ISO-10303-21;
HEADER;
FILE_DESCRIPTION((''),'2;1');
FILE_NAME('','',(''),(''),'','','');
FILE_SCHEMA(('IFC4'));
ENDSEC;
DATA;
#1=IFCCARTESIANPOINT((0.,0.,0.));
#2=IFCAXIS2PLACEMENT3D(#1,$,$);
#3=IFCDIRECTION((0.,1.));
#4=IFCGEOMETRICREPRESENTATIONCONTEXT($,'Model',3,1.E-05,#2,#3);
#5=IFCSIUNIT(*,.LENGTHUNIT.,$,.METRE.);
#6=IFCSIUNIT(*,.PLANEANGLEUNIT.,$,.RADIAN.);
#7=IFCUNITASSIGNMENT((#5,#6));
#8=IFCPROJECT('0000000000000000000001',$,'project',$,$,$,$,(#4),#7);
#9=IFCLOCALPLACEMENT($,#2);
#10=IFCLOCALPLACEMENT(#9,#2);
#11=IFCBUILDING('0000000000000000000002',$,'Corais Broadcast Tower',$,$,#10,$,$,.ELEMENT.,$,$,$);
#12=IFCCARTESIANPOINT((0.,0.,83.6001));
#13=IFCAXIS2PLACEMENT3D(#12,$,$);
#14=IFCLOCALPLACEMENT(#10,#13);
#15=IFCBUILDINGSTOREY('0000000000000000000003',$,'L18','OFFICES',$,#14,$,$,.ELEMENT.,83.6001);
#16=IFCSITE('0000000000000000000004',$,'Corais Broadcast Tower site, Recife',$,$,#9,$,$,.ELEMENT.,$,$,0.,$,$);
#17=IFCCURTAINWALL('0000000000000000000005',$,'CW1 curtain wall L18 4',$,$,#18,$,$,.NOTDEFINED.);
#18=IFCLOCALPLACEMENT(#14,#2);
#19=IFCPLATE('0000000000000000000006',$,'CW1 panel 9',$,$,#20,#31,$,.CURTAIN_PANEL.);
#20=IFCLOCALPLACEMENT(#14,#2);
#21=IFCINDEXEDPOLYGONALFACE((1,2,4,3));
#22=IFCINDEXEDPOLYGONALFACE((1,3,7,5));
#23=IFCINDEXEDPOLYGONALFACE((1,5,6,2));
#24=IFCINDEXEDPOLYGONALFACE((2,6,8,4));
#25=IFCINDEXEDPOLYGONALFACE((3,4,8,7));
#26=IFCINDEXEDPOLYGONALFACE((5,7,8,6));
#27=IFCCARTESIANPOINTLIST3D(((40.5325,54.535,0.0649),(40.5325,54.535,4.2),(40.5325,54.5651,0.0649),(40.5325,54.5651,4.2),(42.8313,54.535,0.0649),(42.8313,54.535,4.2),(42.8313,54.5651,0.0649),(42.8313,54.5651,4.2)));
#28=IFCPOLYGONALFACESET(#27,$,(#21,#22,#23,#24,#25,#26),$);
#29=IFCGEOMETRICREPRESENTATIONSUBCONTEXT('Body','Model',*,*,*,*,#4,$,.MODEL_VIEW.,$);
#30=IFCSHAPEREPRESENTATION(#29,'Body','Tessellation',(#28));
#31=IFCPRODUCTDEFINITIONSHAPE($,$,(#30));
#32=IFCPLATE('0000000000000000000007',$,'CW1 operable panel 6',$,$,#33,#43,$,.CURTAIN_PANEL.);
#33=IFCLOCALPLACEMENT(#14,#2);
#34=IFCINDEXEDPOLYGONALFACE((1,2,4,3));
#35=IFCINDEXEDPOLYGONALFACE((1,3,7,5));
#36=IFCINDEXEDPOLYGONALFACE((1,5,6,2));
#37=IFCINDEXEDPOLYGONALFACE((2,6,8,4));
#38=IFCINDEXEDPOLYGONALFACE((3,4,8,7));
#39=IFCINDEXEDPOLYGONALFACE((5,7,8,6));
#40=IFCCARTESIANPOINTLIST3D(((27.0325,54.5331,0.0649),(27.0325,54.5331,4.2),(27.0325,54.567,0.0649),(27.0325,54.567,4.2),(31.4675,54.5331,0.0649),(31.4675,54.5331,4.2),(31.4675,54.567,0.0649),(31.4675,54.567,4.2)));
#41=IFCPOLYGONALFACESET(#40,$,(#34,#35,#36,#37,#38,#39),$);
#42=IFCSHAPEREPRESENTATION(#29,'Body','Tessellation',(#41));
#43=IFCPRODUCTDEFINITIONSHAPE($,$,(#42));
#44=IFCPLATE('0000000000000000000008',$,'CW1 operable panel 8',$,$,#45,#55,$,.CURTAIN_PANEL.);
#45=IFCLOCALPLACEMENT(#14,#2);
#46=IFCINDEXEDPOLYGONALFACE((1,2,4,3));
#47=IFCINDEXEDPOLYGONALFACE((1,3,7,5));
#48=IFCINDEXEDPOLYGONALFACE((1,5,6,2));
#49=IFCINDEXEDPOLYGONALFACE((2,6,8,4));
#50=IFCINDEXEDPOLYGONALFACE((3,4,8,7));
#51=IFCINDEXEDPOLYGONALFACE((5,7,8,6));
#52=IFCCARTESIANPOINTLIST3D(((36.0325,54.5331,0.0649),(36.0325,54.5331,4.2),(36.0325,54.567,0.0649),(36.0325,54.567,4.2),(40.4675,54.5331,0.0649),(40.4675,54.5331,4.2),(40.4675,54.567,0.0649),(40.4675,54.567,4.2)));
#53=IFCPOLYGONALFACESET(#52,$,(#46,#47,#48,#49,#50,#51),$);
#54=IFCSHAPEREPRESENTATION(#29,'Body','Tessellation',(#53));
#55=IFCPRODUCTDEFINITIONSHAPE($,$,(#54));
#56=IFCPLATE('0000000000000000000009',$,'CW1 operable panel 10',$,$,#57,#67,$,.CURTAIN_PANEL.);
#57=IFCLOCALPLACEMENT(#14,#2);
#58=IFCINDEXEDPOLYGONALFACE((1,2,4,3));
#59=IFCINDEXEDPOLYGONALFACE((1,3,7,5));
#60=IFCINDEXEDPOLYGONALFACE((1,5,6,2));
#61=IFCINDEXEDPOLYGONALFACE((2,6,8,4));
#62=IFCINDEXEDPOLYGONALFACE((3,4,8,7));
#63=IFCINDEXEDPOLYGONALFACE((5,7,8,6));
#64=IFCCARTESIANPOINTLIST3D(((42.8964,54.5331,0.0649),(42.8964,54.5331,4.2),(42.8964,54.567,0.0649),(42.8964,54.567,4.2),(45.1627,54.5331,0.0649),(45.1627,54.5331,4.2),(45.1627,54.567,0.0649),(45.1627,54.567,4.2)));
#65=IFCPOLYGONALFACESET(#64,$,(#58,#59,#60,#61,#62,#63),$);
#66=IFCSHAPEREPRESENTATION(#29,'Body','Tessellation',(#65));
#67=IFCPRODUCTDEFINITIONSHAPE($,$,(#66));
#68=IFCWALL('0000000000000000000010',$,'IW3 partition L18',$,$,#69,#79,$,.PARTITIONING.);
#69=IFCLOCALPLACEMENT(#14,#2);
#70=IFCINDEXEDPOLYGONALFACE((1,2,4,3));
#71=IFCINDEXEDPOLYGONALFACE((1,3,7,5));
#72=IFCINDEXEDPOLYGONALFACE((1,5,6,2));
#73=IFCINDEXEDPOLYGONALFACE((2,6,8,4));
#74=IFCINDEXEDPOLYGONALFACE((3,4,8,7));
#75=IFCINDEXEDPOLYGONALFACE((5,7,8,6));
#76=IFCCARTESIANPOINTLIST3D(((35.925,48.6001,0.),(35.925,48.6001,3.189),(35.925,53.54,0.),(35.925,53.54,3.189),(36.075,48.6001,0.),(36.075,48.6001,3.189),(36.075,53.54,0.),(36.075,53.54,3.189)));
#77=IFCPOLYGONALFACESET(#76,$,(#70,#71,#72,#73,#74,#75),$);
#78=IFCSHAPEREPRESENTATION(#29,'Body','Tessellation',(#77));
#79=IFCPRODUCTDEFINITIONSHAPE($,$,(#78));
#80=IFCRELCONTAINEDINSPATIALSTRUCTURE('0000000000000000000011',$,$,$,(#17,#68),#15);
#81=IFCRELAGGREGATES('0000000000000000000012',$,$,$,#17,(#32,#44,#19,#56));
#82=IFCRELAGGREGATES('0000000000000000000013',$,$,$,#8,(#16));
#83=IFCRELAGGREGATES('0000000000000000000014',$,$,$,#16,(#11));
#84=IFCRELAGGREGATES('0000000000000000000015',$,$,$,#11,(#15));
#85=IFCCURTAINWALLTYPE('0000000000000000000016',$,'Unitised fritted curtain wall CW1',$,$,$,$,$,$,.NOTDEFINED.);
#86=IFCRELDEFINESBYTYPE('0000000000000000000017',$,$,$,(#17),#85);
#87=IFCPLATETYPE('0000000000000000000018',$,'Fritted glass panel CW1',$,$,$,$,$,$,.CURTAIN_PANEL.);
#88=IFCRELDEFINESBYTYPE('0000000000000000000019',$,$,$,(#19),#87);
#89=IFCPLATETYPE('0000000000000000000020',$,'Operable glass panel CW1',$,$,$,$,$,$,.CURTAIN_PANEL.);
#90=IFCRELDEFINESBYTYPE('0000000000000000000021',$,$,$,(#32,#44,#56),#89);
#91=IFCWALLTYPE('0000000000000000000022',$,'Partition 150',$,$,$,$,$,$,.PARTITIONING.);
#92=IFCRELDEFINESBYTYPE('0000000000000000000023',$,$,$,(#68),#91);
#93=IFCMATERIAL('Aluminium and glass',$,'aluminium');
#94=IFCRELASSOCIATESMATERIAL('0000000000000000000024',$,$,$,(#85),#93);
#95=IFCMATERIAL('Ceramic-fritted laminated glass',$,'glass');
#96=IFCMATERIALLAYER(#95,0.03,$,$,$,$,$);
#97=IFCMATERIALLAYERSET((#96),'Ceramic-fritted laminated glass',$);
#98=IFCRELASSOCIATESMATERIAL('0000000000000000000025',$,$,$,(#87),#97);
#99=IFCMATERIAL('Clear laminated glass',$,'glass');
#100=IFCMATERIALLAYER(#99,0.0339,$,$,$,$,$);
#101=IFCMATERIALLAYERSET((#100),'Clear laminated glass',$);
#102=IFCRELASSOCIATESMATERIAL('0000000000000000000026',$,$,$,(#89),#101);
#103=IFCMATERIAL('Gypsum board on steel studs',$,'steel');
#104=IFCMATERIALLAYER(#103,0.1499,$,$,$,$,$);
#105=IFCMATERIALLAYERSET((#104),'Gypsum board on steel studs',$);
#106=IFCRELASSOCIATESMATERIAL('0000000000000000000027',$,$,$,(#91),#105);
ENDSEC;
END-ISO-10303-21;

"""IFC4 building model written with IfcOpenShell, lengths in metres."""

from ifc_helpers import new_model, si_unit, direction, frame, frame_2d, origin, origin_2d, place, context, subcontext, project, spatial, rectangle, extrude, material, layer, layer_set, type_object, element, aggregate, save


model = new_model("IFC4")

# Units and contexts
model_context = context("Model", 3, precision=1e-05, world=origin(), true_north=direction((0.0, 1.0)))
body_context = subcontext(model_context, "Body", "Model", "MODEL_VIEW")
ifc_project = project(units=[si_unit("LENGTHUNIT", "METRE"), si_unit("PLANEANGLEUNIT", "RADIAN")], contexts=[model_context])

# Site, building, storey
site_placement = place(None, origin())
site = spatial("IfcSite", under=ifc_project, at=site_placement, Name="Corais Broadcast Tower site, Recife", CompositionType="ELEMENT", RefElevation=0.0)
building_placement = place(site_placement, origin())
building = spatial("IfcBuilding", under=site, at=building_placement, Name="Corais Broadcast Tower", CompositionType="ELEMENT")
storey_placement = place(building_placement, frame((0.0, 0.0, 83.6001)))
storey = spatial("IfcBuildingStorey", under=building, at=storey_placement, Name="L18", Description="OFFICES", CompositionType="ELEMENT", Elevation=83.6001)

# Curtain wall
ifc_material_1 = material(Name="Aluminium and glass", Category="aluminium")
curtain_wall_type = type_object("IfcCurtainWallType", Name="Unitised fritted curtain wall CW1", PredefinedType="NOTDEFINED", material=ifc_material_1)
curtain_wall_placement = place(storey_placement, origin())
curtain_wall = element("IfcCurtainWall", 1, at=curtain_wall_placement, inside=storey, type_object=curtain_wall_type, Name="CW1 curtain wall L18 4", PredefinedType="NOTDEFINED")

# Plates
ifc_material_2 = material(Name="Ceramic-fritted laminated glass", Category="glass")
ifc_layer_1 = layer(ifc_material_2, 0.03)
ifc_layer_set_1 = layer_set([ifc_layer_1], Name="Ceramic-fritted laminated glass")
plate_type_1 = type_object("IfcPlateType", Name="Fritted glass panel CW1", PredefinedType="CURTAIN_PANEL", material=ifc_layer_set_1)
plate_1_placement = place(storey_placement, frame((41.6819, 54.55, 0.0649), z_axis=(0.0, 0.0, 1.0), x_axis=(1.0, 0.0, 0.0)))
plate_1 = element("IfcPlate", 2, at=plate_1_placement, type_object=plate_type_1, Name="CW1 panel 9", PredefinedType="CURTAIN_PANEL", context=body_context, shape_type="SweptSolid", body=[
    extrude(rectangle(XDim=2.2988, YDim=0.03, at=origin_2d()), origin(), (0.0, 0.0, 1.0), 4.135),
])
ifc_material_3 = material(Name="Clear laminated glass", Category="glass")
ifc_layer_2 = layer(ifc_material_3, 0.0339)
ifc_layer_set_2 = layer_set([ifc_layer_2], Name="Clear laminated glass")
plate_type_2 = type_object("IfcPlateType", Name="Operable glass panel CW1", PredefinedType="CURTAIN_PANEL", material=ifc_layer_set_2)
plate_2_placement = place(storey_placement, frame((29.25, 54.55, 0.0649), z_axis=(0.0, 0.0, 1.0), x_axis=(1.0, 0.0, 0.0)))
plate_2 = element("IfcPlate", 3, at=plate_2_placement, type_object=plate_type_2, Name="CW1 operable panel 6", PredefinedType="CURTAIN_PANEL", context=body_context, shape_type="SweptSolid", body=[
    extrude(rectangle(XDim=4.4351, YDim=0.0339, at=origin_2d()), origin(), (0.0, 0.0, 1.0), 4.135),
])
plate_3_placement = place(storey_placement, frame((38.25, 54.55, 0.0649), z_axis=(0.0, 0.0, 1.0), x_axis=(1.0, 0.0, 0.0)))
plate_3 = element("IfcPlate", 4, at=plate_3_placement, type_object=plate_type_2, Name="CW1 operable panel 8", PredefinedType="CURTAIN_PANEL", context=body_context, shape_type="SweptSolid", body=[
    extrude(rectangle(XDim=4.4351, YDim=0.0339, at=origin_2d()), origin(), (0.0, 0.0, 1.0), 4.135),
])
plate_4_placement = place(storey_placement, frame((44.0295, 54.55, 0.0649), z_axis=(0.0, 0.0, 1.0), x_axis=(1.0, 0.0, 0.0)))
plate_4 = element("IfcPlate", 5, at=plate_4_placement, type_object=plate_type_2, Name="CW1 operable panel 10", PredefinedType="CURTAIN_PANEL", context=body_context, shape_type="SweptSolid", body=[
    extrude(rectangle(XDim=2.2664, YDim=0.0339, at=origin_2d()), origin(), (0.0, 0.0, 1.0), 4.135),
])
aggregate(curtain_wall, [plate_2, plate_3, plate_1, plate_4])

# Wall
ifc_material_4 = material(Name="Gypsum board on steel studs", Category="steel")
ifc_layer_3 = layer(ifc_material_4, 0.1499)
ifc_layer_set_3 = layer_set([ifc_layer_3], Name="Gypsum board on steel studs")
wall_type = type_object("IfcWallType", Name="Partition 150", PredefinedType="PARTITIONING", material=ifc_layer_set_3)
wall_placement = place(storey_placement, frame((36.0, 48.6001, 0.0), z_axis=(0.0, 0.0, 1.0), x_axis=(0.0, 1.0, 0.0)))
element("IfcWall", 6, at=wall_placement, inside=storey, type_object=wall_type, Name="IW3 partition L18", PredefinedType="PARTITIONING", context=body_context, shape_type="SweptSolid", body=[
    extrude(rectangle(XDim=4.9399, YDim=0.1499, at=frame_2d((2.47, 0.0))), origin(), (0.0, 0.0, 1.0), 3.189),
])

save(model, "model.ifc")
